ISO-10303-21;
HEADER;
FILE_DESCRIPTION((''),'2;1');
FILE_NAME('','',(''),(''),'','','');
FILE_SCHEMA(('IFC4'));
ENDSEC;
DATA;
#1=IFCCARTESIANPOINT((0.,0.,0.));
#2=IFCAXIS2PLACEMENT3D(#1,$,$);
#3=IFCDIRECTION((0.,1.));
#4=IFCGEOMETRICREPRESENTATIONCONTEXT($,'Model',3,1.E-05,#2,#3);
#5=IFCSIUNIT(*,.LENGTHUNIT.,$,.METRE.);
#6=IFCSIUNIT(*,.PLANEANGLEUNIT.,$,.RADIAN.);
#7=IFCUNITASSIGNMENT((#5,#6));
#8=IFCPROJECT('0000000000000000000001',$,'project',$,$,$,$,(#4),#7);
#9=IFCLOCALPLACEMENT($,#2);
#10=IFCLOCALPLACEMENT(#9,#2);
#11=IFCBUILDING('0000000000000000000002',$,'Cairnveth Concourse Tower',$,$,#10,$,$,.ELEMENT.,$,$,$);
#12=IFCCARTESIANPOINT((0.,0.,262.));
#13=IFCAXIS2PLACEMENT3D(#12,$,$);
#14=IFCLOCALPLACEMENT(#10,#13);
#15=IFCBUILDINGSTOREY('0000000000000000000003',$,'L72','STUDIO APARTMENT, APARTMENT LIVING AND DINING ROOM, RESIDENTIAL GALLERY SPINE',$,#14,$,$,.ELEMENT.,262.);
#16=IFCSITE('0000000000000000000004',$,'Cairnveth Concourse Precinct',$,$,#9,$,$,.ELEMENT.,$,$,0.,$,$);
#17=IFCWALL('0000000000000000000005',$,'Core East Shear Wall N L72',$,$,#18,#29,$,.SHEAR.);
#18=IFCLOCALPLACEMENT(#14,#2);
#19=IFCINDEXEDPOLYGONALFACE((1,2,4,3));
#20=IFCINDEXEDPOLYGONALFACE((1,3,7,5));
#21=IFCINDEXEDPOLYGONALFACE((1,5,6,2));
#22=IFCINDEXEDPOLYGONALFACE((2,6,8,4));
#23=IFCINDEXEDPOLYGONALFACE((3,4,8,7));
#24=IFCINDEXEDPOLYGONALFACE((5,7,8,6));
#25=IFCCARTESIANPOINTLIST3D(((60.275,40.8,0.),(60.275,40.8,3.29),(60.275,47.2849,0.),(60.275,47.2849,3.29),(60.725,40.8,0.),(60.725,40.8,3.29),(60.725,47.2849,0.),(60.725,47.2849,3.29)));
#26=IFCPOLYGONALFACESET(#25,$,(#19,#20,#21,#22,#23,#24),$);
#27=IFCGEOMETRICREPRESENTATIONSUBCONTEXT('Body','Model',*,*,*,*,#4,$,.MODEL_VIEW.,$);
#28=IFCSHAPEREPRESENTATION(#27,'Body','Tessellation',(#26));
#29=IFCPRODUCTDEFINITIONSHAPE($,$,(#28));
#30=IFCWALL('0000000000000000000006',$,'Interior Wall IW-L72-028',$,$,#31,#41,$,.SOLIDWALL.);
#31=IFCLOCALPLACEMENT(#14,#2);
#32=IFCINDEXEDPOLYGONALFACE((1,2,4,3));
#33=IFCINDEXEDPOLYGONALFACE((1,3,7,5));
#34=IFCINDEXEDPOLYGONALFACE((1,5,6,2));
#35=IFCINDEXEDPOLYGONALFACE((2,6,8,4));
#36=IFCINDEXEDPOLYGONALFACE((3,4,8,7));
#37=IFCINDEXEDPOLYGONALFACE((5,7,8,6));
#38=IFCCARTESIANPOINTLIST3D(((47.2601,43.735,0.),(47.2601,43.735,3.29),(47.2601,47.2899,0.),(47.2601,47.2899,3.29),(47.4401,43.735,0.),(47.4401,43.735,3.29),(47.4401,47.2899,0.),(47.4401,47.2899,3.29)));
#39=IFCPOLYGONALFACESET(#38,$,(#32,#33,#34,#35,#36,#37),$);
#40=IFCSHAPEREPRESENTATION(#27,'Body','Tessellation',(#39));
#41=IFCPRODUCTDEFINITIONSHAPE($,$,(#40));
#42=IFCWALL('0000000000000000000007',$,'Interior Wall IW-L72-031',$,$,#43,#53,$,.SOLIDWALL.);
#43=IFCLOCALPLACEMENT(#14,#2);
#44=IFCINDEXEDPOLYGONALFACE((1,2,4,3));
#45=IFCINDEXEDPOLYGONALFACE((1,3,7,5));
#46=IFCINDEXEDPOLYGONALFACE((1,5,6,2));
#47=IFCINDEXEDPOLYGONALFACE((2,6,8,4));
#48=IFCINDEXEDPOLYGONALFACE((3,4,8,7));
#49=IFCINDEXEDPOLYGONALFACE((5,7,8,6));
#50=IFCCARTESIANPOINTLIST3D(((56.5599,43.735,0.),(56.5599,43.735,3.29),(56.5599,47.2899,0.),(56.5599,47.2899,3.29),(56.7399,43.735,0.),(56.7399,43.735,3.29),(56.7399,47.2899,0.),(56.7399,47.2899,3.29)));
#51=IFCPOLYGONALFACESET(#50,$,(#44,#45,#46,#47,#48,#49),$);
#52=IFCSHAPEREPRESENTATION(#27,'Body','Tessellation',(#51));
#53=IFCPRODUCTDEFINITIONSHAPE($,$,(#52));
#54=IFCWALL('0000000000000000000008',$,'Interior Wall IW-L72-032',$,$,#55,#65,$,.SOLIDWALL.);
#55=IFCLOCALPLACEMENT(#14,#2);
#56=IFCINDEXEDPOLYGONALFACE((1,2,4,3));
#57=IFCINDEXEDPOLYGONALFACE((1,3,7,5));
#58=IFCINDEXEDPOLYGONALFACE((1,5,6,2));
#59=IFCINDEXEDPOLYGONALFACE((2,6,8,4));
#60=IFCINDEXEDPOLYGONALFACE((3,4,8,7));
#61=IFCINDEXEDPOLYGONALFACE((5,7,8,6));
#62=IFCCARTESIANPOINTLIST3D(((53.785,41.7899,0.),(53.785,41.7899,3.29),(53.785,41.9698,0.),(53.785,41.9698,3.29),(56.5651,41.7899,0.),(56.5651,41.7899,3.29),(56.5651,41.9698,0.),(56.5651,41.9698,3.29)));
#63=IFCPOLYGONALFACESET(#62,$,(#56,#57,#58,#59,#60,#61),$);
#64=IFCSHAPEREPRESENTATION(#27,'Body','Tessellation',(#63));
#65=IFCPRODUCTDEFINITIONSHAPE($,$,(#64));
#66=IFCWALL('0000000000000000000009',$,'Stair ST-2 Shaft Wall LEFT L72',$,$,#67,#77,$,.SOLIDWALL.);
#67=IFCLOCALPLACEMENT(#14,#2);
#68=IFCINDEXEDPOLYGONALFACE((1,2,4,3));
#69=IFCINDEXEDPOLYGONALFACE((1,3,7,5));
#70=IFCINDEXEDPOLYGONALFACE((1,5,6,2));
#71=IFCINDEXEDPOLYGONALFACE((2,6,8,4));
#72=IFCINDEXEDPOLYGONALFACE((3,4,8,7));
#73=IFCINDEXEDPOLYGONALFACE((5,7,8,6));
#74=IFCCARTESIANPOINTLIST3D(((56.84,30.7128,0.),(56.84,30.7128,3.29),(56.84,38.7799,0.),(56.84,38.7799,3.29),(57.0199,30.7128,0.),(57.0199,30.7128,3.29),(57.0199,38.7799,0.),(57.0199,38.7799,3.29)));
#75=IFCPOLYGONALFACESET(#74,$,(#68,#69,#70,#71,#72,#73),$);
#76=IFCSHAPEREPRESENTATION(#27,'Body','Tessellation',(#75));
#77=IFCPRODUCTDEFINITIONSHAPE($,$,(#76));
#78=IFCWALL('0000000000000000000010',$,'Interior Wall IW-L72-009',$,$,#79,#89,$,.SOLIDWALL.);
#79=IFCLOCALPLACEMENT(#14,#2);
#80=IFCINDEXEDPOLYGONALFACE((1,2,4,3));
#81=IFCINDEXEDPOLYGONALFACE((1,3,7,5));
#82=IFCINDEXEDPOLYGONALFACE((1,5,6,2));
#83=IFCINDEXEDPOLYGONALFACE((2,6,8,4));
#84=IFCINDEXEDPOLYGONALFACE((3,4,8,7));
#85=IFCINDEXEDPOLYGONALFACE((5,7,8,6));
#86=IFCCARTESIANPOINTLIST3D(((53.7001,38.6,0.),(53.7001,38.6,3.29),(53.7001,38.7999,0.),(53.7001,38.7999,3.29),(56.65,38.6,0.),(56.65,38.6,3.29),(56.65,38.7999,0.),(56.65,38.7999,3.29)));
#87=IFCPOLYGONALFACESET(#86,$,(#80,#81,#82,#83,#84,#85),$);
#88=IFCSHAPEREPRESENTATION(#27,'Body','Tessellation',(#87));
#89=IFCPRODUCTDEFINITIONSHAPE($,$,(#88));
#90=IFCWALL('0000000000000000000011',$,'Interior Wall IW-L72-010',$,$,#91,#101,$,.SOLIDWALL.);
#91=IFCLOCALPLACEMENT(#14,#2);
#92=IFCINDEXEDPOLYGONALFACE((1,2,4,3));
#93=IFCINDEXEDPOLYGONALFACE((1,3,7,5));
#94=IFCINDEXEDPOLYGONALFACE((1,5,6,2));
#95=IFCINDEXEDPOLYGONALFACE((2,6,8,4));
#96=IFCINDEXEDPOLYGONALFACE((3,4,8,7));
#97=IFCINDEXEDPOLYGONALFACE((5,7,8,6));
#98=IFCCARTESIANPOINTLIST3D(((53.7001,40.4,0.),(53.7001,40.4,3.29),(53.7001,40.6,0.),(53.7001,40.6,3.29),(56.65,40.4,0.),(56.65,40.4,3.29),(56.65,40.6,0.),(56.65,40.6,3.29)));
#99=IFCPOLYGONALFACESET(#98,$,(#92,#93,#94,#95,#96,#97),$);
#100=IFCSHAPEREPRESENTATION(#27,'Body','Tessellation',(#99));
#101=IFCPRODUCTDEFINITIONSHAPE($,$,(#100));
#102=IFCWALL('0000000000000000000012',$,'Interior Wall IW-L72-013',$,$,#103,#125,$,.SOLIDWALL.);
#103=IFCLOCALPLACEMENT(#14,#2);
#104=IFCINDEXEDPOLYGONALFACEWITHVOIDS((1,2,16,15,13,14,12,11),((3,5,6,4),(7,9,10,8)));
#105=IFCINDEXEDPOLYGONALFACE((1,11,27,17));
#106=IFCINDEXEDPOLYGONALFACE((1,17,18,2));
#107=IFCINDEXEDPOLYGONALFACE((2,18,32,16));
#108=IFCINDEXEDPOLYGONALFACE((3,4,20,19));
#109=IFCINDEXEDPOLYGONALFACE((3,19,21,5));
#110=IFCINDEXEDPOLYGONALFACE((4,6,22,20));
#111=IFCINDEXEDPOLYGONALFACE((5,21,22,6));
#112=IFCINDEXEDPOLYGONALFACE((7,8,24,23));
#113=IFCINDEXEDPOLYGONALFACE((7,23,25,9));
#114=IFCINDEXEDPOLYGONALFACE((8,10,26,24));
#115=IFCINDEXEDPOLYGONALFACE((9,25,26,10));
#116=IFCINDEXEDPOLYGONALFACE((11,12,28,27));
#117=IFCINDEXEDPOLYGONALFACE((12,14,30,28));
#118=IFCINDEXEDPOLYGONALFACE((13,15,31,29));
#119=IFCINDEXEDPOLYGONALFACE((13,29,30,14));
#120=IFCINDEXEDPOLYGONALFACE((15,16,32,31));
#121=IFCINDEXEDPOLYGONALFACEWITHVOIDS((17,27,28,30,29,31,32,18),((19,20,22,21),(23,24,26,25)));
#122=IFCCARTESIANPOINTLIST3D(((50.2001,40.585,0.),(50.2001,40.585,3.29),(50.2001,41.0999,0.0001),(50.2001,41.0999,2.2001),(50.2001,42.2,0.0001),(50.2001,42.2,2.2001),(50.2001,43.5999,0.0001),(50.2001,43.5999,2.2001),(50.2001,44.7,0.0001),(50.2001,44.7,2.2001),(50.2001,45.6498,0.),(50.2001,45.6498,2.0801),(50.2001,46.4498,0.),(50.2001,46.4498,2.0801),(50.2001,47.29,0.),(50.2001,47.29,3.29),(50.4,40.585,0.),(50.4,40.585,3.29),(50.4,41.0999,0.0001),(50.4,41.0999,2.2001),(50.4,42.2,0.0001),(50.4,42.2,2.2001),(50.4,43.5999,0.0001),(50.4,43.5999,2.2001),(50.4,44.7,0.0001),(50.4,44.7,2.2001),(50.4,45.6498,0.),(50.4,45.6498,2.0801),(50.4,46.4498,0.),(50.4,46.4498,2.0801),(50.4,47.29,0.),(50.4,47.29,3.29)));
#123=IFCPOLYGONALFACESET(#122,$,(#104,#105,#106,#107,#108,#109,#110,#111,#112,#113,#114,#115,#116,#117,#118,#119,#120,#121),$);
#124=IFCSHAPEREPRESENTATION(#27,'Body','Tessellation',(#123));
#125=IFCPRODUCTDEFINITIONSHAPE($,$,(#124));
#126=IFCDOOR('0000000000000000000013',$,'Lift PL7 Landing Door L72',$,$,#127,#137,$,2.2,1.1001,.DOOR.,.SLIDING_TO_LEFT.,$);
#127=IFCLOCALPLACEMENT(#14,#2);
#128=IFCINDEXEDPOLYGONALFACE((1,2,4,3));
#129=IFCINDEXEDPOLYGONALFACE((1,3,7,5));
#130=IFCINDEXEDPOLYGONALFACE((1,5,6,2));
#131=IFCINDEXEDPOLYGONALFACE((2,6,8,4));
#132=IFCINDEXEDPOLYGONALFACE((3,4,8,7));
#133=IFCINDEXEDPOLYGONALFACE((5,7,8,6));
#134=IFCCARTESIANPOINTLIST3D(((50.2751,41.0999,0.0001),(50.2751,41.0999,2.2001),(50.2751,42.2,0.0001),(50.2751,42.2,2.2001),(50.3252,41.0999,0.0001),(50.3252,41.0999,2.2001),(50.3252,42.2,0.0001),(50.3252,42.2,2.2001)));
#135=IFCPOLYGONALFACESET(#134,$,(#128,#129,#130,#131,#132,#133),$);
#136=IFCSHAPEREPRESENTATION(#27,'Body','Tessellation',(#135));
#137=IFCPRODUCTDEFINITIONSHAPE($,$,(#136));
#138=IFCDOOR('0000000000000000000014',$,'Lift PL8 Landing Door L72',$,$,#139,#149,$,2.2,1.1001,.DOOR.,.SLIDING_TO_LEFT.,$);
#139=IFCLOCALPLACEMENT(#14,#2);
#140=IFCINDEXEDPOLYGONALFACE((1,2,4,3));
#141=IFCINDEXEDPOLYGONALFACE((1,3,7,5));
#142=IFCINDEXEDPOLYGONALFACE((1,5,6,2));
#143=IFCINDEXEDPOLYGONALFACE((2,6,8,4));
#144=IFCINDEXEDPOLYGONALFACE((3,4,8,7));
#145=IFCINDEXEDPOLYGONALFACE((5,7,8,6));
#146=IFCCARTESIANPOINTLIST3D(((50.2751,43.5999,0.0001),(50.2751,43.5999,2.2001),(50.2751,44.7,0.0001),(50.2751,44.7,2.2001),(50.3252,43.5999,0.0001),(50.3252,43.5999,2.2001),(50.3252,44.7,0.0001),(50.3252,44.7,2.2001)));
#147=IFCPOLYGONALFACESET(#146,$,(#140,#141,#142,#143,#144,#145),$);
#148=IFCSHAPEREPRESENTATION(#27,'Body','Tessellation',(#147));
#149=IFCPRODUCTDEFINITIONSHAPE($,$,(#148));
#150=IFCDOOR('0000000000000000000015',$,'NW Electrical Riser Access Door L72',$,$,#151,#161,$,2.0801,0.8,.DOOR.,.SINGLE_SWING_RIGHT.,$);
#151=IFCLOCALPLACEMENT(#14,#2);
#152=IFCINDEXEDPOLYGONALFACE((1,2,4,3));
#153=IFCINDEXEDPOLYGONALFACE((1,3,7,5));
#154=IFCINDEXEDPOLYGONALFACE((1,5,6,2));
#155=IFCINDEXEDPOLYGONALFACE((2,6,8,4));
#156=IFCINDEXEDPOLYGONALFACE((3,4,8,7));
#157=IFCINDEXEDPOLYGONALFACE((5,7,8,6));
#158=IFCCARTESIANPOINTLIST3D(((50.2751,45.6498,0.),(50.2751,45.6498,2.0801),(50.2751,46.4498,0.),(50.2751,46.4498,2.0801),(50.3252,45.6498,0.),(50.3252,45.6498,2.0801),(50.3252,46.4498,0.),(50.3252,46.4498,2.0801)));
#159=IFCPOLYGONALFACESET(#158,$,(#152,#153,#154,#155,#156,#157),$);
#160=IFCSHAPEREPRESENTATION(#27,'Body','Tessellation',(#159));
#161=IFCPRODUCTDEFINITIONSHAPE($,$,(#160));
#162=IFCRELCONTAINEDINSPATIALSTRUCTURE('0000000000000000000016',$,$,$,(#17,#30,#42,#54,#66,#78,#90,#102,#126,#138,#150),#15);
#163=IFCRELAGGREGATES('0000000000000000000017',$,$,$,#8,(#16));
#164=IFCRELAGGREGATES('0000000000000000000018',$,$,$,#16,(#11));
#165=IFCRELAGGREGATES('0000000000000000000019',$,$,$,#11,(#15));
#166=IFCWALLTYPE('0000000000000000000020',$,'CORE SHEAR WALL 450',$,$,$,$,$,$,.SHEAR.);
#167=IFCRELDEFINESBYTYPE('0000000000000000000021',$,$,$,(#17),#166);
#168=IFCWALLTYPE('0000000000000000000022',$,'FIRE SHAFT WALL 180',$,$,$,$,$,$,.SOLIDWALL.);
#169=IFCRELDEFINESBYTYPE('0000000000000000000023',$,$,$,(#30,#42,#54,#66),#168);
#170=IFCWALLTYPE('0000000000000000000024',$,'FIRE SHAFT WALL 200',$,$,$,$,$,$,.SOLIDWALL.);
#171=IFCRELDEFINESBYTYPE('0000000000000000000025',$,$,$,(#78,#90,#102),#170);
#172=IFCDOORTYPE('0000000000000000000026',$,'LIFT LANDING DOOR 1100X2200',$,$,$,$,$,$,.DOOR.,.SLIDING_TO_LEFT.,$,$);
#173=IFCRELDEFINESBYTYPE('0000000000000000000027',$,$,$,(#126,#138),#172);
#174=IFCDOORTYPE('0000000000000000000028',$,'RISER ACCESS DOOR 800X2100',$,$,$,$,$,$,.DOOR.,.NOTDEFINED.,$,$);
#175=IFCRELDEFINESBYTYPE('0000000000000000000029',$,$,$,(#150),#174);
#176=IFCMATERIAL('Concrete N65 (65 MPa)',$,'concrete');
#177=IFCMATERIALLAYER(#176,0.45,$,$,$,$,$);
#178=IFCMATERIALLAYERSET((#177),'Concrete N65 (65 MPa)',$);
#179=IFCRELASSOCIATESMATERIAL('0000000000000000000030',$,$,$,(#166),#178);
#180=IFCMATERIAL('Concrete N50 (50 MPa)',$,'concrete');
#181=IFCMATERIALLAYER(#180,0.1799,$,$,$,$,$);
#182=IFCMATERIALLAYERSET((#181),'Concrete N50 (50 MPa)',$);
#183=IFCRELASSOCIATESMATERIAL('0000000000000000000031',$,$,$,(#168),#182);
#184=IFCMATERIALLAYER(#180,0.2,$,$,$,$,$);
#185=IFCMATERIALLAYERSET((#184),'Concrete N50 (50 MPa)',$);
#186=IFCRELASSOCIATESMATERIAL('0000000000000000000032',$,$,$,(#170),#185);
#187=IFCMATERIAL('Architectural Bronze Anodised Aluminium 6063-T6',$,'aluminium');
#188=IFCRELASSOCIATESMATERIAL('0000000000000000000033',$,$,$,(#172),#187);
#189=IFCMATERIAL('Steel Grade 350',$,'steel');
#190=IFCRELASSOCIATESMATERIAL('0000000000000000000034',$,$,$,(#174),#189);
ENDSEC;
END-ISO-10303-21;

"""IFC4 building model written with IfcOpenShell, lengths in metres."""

from ifc_helpers import new_model, si_unit, direction, frame, frame_2d, origin, place, context, subcontext, project, spatial, rectangle, extrude, material, layer, layer_set, type_object, element, fill, save


model = new_model("IFC4")

# Units and contexts
model_context = context("Model", 3, precision=1e-05, world=origin(), true_north=direction((0.0, 1.0)))
body_context = subcontext(model_context, "Body", "Model", "MODEL_VIEW")
ifc_project = project(units=[si_unit("LENGTHUNIT", "METRE"), si_unit("PLANEANGLEUNIT", "RADIAN")], contexts=[model_context])

# Site, building, storey
site_placement = place(None, origin())
site = spatial("IfcSite", under=ifc_project, at=site_placement, Name="Cairnveth Concourse Precinct", CompositionType="ELEMENT", RefElevation=0.0)
building_placement = place(site_placement, origin())
building = spatial("IfcBuilding", under=site, at=building_placement, Name="Cairnveth Concourse Tower", CompositionType="ELEMENT")
storey_placement = place(building_placement, frame((0.0, 0.0, 262.0)))
storey = spatial("IfcBuildingStorey", under=building, at=storey_placement, Name="L72", Description="STUDIO APARTMENT, APARTMENT LIVING AND DINING ROOM, RESIDENTIAL GALLERY SPINE", CompositionType="ELEMENT", Elevation=262.0)

# Walls
ifc_material_1 = material(Name="Concrete N65 (65 MPa)", Category="concrete")
ifc_layer_1 = layer(ifc_material_1, 0.45)
ifc_layer_set_1 = layer_set([ifc_layer_1], Name="Concrete N65 (65 MPa)")
wall_type_1 = type_object("IfcWallType", Name="CORE SHEAR WALL 450", PredefinedType="SHEAR", material=ifc_layer_set_1)
wall_1_placement = place(storey_placement, frame((60.5, 40.8, 0.0), z_axis=(0.0, 0.0, 1.0), x_axis=(0.0, 1.0, 0.0)))
element("IfcWall", 1, at=wall_1_placement, inside=storey, type_object=wall_type_1, Name="Core East Shear Wall N L72", PredefinedType="SHEAR", context=body_context, shape_type="SweptSolid", body=[
    extrude(rectangle(XDim=6.4849, YDim=0.45, at=frame_2d((3.2424, 0.0))), origin(), (0.0, 0.0, 1.0), 3.29),
])
ifc_material_2 = material(Name="Concrete N50 (50 MPa)", Category="concrete")
ifc_layer_2 = layer(ifc_material_2, 0.1799)
ifc_layer_set_2 = layer_set([ifc_layer_2], Name="Concrete N50 (50 MPa)")
wall_type_2 = type_object("IfcWallType", Name="FIRE SHAFT WALL 180", PredefinedType="SOLIDWALL", material=ifc_layer_set_2)
for number, where, z_axis, x_axis, name in (
    (2, (47.3501, 43.7351, 0.0), (0.0, 0.0, 1.0), (0.0, 1.0, 0.0), "Interior Wall IW-L72-028"),
    (3, (56.6499, 43.7351, 0.0), (0.0, 0.0, 1.0), (0.0, 1.0, 0.0), "Interior Wall IW-L72-031"),
):
    element("IfcWall", number, at=place(storey_placement, frame(where, z_axis=z_axis, x_axis=x_axis)), inside=storey, type_object=wall_type_2, Name=name, PredefinedType="SOLIDWALL", context=body_context, shape_type="SweptSolid", body=[
        extrude(rectangle(XDim=3.5549, YDim=0.1799, at=frame_2d((1.7773, 0.0))), origin(), (0.0, 0.0, 1.0), 3.29),
    ])
wall_2_placement = place(storey_placement, frame((53.7849, 41.8799, 0.0), z_axis=(0.0, 0.0, 1.0), x_axis=(1.0, 0.0, 0.0)))
element("IfcWall", 4, at=wall_2_placement, inside=storey, type_object=wall_type_2, Name="Interior Wall IW-L72-032", PredefinedType="SOLIDWALL", context=body_context, shape_type="SweptSolid", body=[
    extrude(rectangle(XDim=2.78, YDim=0.1799, at=frame_2d((1.3901, 0.0))), origin(), (0.0, 0.0, 1.0), 3.29),
])

# Shared definitions
ifc_material_3 = material(Name="Steel Grade 350", Category="steel")

# Walls
wall_3_placement = place(storey_placement, frame((56.9299, 38.78, 0.0), z_axis=(0.0, 0.0, 1.0), x_axis=(0.0, -1.0, 0.0)))
element("IfcWall", 5, at=wall_3_placement, inside=storey, type_object=wall_type_2, Name="Stair ST-2 Shaft Wall LEFT L72", PredefinedType="SOLIDWALL", context=body_context, shape_type="SweptSolid", body=[
    extrude(rectangle(XDim=8.0671, YDim=0.1799, at=frame_2d((4.0337, 0.0))), origin(), (0.0, 0.0, 1.0), 3.29),
])
ifc_layer_3 = layer(ifc_material_2, 0.2)
ifc_layer_set_3 = layer_set([ifc_layer_3], Name="Concrete N50 (50 MPa)")
wall_type_3 = type_object("IfcWallType", Name="FIRE SHAFT WALL 200", PredefinedType="SOLIDWALL", material=ifc_layer_set_3)
for number, where, z_axis, x_axis, name in (
    (6, (53.7, 38.7, 0.0), (0.0, 0.0, 1.0), (1.0, 0.0, 0.0), "Interior Wall IW-L72-009"),
    (7, (53.7, 40.5, 0.0), (0.0, 0.0, 1.0), (1.0, 0.0, 0.0), "Interior Wall IW-L72-010"),
):
    element("IfcWall", number, at=place(storey_placement, frame(where, z_axis=z_axis, x_axis=x_axis)), inside=storey, type_object=wall_type_3, Name=name, PredefinedType="SOLIDWALL", context=body_context, shape_type="SweptSolid", body=[
        extrude(rectangle(XDim=2.95, YDim=0.2, at=frame_2d((1.4751, 0.0))), origin(), (0.0, 0.0, 1.0), 3.29),
    ])

# Wall, openings, doors
wall_4_placement = place(storey_placement, frame((50.3, 40.585, 0.0), z_axis=(0.0, 0.0, 1.0), x_axis=(0.0, 1.0, 0.0)))
wall_4 = element("IfcWall", 8, at=wall_4_placement, inside=storey, type_object=wall_type_3, Name="Interior Wall IW-L72-013", PredefinedType="SOLIDWALL", context=body_context, shape_type="SweptSolid", body=[
    extrude(rectangle(XDim=6.7051, YDim=0.2, at=frame_2d((3.3525, 0.0))), origin(), (0.0, 0.0, 1.0), 3.29),
])
opening_1_placement = place(wall_4_placement, frame((0.5149, 0.0, 0.0)))
opening_1 = element("IfcOpeningElement", 9, at=opening_1_placement, cuts=wall_4, PredefinedType="OPENING", context=body_context, shape_type="SweptSolid", body=[
    extrude(rectangle(XDim=1.1001, YDim=2.2, at=frame_2d((0.55, 1.1001))), frame((0.0, 0.1099, 0.0), z_axis=(0.0, -1.0, 0.0), x_axis=(1.0, 0.0, 0.0)), (0.0, 0.0, 1.0), 0.22),
])
opening_2_placement = place(wall_4_placement, frame((3.0149, 0.0, 0.0)))
opening_2 = element("IfcOpeningElement", 10, at=opening_2_placement, cuts=wall_4, PredefinedType="OPENING", context=body_context, shape_type="SweptSolid", body=[
    extrude(rectangle(XDim=1.1001, YDim=2.2, at=frame_2d((0.55, 1.1001))), frame((0.0, 0.1099, 0.0), z_axis=(0.0, -1.0, 0.0), x_axis=(1.0, 0.0, 0.0)), (0.0, 0.0, 1.0), 0.22),
])
opening_3_placement = place(wall_4_placement, frame((5.0649, 0.0, 0.0)))
opening_3 = element("IfcOpeningElement", 11, at=opening_3_placement, cuts=wall_4, PredefinedType="OPENING", context=body_context, shape_type="SweptSolid", body=[
    extrude(rectangle(XDim=0.8, YDim=2.0801, at=frame_2d((0.3999, 1.04))), frame((0.0, 0.1099, 0.0), z_axis=(0.0, -1.0, 0.0), x_axis=(1.0, 0.0, 0.0)), (0.0, 0.0, 1.0), 0.22),
])
ifc_material_4 = material(Name="Architectural Bronze Anodised Aluminium 6063-T6", Category="aluminium")
door_type_1 = type_object("IfcDoorType", Name="LIFT LANDING DOOR 1100X2200", OperationType="SLIDING_TO_LEFT", PredefinedType="DOOR", material=ifc_material_4)
door_1_placement = place(opening_1_placement, origin())
door_1 = element("IfcDoor", 12, at=door_1_placement, inside=storey, type_object=door_type_1, Name="Lift PL7 Landing Door L72", OperationType="SLIDING_TO_LEFT", OverallHeight=2.2, OverallWidth=1.1001, PredefinedType="DOOR", context=body_context, shape_type="SweptSolid", body=[
    extrude(rectangle(XDim=1.1001, YDim=2.2, at=frame_2d((0.55, 1.1001))), frame((0.0, 0.0249, 0.0), z_axis=(0.0, -1.0, 0.0), x_axis=(1.0, 0.0, 0.0)), (0.0, 0.0, 1.0), 0.05),
])
fill(opening_1, door_1)
door_2_placement = place(opening_2_placement, origin())
door_2 = element("IfcDoor", 13, at=door_2_placement, inside=storey, type_object=door_type_1, Name="Lift PL8 Landing Door L72", OperationType="SLIDING_TO_LEFT", OverallHeight=2.2, OverallWidth=1.1001, PredefinedType="DOOR", context=body_context, shape_type="SweptSolid", body=[
    extrude(rectangle(XDim=1.1001, YDim=2.2, at=frame_2d((0.55, 1.1001))), frame((0.0, 0.0249, 0.0), z_axis=(0.0, -1.0, 0.0), x_axis=(1.0, 0.0, 0.0)), (0.0, 0.0, 1.0), 0.05),
])
fill(opening_2, door_2)
door_type_2 = type_object("IfcDoorType", Name="RISER ACCESS DOOR 800X2100", OperationType="NOTDEFINED", PredefinedType="DOOR", material=ifc_material_3)
door_3_placement = place(opening_3_placement, origin())
door_3 = element("IfcDoor", 14, at=door_3_placement, inside=storey, type_object=door_type_2, Name="NW Electrical Riser Access Door L72", OperationType="SINGLE_SWING_RIGHT", OverallHeight=2.0801, OverallWidth=0.8, PredefinedType="DOOR", context=body_context, shape_type="SweptSolid", body=[
    extrude(rectangle(XDim=0.8, YDim=2.0801, at=frame_2d((0.3999, 1.04))), frame((0.0, 0.0249, 0.0), z_axis=(0.0, -1.0, 0.0), x_axis=(1.0, 0.0, 0.0)), (0.0, 0.0, 1.0), 0.05),
])
fill(opening_3, door_3)

save(model, "model.ifc")
